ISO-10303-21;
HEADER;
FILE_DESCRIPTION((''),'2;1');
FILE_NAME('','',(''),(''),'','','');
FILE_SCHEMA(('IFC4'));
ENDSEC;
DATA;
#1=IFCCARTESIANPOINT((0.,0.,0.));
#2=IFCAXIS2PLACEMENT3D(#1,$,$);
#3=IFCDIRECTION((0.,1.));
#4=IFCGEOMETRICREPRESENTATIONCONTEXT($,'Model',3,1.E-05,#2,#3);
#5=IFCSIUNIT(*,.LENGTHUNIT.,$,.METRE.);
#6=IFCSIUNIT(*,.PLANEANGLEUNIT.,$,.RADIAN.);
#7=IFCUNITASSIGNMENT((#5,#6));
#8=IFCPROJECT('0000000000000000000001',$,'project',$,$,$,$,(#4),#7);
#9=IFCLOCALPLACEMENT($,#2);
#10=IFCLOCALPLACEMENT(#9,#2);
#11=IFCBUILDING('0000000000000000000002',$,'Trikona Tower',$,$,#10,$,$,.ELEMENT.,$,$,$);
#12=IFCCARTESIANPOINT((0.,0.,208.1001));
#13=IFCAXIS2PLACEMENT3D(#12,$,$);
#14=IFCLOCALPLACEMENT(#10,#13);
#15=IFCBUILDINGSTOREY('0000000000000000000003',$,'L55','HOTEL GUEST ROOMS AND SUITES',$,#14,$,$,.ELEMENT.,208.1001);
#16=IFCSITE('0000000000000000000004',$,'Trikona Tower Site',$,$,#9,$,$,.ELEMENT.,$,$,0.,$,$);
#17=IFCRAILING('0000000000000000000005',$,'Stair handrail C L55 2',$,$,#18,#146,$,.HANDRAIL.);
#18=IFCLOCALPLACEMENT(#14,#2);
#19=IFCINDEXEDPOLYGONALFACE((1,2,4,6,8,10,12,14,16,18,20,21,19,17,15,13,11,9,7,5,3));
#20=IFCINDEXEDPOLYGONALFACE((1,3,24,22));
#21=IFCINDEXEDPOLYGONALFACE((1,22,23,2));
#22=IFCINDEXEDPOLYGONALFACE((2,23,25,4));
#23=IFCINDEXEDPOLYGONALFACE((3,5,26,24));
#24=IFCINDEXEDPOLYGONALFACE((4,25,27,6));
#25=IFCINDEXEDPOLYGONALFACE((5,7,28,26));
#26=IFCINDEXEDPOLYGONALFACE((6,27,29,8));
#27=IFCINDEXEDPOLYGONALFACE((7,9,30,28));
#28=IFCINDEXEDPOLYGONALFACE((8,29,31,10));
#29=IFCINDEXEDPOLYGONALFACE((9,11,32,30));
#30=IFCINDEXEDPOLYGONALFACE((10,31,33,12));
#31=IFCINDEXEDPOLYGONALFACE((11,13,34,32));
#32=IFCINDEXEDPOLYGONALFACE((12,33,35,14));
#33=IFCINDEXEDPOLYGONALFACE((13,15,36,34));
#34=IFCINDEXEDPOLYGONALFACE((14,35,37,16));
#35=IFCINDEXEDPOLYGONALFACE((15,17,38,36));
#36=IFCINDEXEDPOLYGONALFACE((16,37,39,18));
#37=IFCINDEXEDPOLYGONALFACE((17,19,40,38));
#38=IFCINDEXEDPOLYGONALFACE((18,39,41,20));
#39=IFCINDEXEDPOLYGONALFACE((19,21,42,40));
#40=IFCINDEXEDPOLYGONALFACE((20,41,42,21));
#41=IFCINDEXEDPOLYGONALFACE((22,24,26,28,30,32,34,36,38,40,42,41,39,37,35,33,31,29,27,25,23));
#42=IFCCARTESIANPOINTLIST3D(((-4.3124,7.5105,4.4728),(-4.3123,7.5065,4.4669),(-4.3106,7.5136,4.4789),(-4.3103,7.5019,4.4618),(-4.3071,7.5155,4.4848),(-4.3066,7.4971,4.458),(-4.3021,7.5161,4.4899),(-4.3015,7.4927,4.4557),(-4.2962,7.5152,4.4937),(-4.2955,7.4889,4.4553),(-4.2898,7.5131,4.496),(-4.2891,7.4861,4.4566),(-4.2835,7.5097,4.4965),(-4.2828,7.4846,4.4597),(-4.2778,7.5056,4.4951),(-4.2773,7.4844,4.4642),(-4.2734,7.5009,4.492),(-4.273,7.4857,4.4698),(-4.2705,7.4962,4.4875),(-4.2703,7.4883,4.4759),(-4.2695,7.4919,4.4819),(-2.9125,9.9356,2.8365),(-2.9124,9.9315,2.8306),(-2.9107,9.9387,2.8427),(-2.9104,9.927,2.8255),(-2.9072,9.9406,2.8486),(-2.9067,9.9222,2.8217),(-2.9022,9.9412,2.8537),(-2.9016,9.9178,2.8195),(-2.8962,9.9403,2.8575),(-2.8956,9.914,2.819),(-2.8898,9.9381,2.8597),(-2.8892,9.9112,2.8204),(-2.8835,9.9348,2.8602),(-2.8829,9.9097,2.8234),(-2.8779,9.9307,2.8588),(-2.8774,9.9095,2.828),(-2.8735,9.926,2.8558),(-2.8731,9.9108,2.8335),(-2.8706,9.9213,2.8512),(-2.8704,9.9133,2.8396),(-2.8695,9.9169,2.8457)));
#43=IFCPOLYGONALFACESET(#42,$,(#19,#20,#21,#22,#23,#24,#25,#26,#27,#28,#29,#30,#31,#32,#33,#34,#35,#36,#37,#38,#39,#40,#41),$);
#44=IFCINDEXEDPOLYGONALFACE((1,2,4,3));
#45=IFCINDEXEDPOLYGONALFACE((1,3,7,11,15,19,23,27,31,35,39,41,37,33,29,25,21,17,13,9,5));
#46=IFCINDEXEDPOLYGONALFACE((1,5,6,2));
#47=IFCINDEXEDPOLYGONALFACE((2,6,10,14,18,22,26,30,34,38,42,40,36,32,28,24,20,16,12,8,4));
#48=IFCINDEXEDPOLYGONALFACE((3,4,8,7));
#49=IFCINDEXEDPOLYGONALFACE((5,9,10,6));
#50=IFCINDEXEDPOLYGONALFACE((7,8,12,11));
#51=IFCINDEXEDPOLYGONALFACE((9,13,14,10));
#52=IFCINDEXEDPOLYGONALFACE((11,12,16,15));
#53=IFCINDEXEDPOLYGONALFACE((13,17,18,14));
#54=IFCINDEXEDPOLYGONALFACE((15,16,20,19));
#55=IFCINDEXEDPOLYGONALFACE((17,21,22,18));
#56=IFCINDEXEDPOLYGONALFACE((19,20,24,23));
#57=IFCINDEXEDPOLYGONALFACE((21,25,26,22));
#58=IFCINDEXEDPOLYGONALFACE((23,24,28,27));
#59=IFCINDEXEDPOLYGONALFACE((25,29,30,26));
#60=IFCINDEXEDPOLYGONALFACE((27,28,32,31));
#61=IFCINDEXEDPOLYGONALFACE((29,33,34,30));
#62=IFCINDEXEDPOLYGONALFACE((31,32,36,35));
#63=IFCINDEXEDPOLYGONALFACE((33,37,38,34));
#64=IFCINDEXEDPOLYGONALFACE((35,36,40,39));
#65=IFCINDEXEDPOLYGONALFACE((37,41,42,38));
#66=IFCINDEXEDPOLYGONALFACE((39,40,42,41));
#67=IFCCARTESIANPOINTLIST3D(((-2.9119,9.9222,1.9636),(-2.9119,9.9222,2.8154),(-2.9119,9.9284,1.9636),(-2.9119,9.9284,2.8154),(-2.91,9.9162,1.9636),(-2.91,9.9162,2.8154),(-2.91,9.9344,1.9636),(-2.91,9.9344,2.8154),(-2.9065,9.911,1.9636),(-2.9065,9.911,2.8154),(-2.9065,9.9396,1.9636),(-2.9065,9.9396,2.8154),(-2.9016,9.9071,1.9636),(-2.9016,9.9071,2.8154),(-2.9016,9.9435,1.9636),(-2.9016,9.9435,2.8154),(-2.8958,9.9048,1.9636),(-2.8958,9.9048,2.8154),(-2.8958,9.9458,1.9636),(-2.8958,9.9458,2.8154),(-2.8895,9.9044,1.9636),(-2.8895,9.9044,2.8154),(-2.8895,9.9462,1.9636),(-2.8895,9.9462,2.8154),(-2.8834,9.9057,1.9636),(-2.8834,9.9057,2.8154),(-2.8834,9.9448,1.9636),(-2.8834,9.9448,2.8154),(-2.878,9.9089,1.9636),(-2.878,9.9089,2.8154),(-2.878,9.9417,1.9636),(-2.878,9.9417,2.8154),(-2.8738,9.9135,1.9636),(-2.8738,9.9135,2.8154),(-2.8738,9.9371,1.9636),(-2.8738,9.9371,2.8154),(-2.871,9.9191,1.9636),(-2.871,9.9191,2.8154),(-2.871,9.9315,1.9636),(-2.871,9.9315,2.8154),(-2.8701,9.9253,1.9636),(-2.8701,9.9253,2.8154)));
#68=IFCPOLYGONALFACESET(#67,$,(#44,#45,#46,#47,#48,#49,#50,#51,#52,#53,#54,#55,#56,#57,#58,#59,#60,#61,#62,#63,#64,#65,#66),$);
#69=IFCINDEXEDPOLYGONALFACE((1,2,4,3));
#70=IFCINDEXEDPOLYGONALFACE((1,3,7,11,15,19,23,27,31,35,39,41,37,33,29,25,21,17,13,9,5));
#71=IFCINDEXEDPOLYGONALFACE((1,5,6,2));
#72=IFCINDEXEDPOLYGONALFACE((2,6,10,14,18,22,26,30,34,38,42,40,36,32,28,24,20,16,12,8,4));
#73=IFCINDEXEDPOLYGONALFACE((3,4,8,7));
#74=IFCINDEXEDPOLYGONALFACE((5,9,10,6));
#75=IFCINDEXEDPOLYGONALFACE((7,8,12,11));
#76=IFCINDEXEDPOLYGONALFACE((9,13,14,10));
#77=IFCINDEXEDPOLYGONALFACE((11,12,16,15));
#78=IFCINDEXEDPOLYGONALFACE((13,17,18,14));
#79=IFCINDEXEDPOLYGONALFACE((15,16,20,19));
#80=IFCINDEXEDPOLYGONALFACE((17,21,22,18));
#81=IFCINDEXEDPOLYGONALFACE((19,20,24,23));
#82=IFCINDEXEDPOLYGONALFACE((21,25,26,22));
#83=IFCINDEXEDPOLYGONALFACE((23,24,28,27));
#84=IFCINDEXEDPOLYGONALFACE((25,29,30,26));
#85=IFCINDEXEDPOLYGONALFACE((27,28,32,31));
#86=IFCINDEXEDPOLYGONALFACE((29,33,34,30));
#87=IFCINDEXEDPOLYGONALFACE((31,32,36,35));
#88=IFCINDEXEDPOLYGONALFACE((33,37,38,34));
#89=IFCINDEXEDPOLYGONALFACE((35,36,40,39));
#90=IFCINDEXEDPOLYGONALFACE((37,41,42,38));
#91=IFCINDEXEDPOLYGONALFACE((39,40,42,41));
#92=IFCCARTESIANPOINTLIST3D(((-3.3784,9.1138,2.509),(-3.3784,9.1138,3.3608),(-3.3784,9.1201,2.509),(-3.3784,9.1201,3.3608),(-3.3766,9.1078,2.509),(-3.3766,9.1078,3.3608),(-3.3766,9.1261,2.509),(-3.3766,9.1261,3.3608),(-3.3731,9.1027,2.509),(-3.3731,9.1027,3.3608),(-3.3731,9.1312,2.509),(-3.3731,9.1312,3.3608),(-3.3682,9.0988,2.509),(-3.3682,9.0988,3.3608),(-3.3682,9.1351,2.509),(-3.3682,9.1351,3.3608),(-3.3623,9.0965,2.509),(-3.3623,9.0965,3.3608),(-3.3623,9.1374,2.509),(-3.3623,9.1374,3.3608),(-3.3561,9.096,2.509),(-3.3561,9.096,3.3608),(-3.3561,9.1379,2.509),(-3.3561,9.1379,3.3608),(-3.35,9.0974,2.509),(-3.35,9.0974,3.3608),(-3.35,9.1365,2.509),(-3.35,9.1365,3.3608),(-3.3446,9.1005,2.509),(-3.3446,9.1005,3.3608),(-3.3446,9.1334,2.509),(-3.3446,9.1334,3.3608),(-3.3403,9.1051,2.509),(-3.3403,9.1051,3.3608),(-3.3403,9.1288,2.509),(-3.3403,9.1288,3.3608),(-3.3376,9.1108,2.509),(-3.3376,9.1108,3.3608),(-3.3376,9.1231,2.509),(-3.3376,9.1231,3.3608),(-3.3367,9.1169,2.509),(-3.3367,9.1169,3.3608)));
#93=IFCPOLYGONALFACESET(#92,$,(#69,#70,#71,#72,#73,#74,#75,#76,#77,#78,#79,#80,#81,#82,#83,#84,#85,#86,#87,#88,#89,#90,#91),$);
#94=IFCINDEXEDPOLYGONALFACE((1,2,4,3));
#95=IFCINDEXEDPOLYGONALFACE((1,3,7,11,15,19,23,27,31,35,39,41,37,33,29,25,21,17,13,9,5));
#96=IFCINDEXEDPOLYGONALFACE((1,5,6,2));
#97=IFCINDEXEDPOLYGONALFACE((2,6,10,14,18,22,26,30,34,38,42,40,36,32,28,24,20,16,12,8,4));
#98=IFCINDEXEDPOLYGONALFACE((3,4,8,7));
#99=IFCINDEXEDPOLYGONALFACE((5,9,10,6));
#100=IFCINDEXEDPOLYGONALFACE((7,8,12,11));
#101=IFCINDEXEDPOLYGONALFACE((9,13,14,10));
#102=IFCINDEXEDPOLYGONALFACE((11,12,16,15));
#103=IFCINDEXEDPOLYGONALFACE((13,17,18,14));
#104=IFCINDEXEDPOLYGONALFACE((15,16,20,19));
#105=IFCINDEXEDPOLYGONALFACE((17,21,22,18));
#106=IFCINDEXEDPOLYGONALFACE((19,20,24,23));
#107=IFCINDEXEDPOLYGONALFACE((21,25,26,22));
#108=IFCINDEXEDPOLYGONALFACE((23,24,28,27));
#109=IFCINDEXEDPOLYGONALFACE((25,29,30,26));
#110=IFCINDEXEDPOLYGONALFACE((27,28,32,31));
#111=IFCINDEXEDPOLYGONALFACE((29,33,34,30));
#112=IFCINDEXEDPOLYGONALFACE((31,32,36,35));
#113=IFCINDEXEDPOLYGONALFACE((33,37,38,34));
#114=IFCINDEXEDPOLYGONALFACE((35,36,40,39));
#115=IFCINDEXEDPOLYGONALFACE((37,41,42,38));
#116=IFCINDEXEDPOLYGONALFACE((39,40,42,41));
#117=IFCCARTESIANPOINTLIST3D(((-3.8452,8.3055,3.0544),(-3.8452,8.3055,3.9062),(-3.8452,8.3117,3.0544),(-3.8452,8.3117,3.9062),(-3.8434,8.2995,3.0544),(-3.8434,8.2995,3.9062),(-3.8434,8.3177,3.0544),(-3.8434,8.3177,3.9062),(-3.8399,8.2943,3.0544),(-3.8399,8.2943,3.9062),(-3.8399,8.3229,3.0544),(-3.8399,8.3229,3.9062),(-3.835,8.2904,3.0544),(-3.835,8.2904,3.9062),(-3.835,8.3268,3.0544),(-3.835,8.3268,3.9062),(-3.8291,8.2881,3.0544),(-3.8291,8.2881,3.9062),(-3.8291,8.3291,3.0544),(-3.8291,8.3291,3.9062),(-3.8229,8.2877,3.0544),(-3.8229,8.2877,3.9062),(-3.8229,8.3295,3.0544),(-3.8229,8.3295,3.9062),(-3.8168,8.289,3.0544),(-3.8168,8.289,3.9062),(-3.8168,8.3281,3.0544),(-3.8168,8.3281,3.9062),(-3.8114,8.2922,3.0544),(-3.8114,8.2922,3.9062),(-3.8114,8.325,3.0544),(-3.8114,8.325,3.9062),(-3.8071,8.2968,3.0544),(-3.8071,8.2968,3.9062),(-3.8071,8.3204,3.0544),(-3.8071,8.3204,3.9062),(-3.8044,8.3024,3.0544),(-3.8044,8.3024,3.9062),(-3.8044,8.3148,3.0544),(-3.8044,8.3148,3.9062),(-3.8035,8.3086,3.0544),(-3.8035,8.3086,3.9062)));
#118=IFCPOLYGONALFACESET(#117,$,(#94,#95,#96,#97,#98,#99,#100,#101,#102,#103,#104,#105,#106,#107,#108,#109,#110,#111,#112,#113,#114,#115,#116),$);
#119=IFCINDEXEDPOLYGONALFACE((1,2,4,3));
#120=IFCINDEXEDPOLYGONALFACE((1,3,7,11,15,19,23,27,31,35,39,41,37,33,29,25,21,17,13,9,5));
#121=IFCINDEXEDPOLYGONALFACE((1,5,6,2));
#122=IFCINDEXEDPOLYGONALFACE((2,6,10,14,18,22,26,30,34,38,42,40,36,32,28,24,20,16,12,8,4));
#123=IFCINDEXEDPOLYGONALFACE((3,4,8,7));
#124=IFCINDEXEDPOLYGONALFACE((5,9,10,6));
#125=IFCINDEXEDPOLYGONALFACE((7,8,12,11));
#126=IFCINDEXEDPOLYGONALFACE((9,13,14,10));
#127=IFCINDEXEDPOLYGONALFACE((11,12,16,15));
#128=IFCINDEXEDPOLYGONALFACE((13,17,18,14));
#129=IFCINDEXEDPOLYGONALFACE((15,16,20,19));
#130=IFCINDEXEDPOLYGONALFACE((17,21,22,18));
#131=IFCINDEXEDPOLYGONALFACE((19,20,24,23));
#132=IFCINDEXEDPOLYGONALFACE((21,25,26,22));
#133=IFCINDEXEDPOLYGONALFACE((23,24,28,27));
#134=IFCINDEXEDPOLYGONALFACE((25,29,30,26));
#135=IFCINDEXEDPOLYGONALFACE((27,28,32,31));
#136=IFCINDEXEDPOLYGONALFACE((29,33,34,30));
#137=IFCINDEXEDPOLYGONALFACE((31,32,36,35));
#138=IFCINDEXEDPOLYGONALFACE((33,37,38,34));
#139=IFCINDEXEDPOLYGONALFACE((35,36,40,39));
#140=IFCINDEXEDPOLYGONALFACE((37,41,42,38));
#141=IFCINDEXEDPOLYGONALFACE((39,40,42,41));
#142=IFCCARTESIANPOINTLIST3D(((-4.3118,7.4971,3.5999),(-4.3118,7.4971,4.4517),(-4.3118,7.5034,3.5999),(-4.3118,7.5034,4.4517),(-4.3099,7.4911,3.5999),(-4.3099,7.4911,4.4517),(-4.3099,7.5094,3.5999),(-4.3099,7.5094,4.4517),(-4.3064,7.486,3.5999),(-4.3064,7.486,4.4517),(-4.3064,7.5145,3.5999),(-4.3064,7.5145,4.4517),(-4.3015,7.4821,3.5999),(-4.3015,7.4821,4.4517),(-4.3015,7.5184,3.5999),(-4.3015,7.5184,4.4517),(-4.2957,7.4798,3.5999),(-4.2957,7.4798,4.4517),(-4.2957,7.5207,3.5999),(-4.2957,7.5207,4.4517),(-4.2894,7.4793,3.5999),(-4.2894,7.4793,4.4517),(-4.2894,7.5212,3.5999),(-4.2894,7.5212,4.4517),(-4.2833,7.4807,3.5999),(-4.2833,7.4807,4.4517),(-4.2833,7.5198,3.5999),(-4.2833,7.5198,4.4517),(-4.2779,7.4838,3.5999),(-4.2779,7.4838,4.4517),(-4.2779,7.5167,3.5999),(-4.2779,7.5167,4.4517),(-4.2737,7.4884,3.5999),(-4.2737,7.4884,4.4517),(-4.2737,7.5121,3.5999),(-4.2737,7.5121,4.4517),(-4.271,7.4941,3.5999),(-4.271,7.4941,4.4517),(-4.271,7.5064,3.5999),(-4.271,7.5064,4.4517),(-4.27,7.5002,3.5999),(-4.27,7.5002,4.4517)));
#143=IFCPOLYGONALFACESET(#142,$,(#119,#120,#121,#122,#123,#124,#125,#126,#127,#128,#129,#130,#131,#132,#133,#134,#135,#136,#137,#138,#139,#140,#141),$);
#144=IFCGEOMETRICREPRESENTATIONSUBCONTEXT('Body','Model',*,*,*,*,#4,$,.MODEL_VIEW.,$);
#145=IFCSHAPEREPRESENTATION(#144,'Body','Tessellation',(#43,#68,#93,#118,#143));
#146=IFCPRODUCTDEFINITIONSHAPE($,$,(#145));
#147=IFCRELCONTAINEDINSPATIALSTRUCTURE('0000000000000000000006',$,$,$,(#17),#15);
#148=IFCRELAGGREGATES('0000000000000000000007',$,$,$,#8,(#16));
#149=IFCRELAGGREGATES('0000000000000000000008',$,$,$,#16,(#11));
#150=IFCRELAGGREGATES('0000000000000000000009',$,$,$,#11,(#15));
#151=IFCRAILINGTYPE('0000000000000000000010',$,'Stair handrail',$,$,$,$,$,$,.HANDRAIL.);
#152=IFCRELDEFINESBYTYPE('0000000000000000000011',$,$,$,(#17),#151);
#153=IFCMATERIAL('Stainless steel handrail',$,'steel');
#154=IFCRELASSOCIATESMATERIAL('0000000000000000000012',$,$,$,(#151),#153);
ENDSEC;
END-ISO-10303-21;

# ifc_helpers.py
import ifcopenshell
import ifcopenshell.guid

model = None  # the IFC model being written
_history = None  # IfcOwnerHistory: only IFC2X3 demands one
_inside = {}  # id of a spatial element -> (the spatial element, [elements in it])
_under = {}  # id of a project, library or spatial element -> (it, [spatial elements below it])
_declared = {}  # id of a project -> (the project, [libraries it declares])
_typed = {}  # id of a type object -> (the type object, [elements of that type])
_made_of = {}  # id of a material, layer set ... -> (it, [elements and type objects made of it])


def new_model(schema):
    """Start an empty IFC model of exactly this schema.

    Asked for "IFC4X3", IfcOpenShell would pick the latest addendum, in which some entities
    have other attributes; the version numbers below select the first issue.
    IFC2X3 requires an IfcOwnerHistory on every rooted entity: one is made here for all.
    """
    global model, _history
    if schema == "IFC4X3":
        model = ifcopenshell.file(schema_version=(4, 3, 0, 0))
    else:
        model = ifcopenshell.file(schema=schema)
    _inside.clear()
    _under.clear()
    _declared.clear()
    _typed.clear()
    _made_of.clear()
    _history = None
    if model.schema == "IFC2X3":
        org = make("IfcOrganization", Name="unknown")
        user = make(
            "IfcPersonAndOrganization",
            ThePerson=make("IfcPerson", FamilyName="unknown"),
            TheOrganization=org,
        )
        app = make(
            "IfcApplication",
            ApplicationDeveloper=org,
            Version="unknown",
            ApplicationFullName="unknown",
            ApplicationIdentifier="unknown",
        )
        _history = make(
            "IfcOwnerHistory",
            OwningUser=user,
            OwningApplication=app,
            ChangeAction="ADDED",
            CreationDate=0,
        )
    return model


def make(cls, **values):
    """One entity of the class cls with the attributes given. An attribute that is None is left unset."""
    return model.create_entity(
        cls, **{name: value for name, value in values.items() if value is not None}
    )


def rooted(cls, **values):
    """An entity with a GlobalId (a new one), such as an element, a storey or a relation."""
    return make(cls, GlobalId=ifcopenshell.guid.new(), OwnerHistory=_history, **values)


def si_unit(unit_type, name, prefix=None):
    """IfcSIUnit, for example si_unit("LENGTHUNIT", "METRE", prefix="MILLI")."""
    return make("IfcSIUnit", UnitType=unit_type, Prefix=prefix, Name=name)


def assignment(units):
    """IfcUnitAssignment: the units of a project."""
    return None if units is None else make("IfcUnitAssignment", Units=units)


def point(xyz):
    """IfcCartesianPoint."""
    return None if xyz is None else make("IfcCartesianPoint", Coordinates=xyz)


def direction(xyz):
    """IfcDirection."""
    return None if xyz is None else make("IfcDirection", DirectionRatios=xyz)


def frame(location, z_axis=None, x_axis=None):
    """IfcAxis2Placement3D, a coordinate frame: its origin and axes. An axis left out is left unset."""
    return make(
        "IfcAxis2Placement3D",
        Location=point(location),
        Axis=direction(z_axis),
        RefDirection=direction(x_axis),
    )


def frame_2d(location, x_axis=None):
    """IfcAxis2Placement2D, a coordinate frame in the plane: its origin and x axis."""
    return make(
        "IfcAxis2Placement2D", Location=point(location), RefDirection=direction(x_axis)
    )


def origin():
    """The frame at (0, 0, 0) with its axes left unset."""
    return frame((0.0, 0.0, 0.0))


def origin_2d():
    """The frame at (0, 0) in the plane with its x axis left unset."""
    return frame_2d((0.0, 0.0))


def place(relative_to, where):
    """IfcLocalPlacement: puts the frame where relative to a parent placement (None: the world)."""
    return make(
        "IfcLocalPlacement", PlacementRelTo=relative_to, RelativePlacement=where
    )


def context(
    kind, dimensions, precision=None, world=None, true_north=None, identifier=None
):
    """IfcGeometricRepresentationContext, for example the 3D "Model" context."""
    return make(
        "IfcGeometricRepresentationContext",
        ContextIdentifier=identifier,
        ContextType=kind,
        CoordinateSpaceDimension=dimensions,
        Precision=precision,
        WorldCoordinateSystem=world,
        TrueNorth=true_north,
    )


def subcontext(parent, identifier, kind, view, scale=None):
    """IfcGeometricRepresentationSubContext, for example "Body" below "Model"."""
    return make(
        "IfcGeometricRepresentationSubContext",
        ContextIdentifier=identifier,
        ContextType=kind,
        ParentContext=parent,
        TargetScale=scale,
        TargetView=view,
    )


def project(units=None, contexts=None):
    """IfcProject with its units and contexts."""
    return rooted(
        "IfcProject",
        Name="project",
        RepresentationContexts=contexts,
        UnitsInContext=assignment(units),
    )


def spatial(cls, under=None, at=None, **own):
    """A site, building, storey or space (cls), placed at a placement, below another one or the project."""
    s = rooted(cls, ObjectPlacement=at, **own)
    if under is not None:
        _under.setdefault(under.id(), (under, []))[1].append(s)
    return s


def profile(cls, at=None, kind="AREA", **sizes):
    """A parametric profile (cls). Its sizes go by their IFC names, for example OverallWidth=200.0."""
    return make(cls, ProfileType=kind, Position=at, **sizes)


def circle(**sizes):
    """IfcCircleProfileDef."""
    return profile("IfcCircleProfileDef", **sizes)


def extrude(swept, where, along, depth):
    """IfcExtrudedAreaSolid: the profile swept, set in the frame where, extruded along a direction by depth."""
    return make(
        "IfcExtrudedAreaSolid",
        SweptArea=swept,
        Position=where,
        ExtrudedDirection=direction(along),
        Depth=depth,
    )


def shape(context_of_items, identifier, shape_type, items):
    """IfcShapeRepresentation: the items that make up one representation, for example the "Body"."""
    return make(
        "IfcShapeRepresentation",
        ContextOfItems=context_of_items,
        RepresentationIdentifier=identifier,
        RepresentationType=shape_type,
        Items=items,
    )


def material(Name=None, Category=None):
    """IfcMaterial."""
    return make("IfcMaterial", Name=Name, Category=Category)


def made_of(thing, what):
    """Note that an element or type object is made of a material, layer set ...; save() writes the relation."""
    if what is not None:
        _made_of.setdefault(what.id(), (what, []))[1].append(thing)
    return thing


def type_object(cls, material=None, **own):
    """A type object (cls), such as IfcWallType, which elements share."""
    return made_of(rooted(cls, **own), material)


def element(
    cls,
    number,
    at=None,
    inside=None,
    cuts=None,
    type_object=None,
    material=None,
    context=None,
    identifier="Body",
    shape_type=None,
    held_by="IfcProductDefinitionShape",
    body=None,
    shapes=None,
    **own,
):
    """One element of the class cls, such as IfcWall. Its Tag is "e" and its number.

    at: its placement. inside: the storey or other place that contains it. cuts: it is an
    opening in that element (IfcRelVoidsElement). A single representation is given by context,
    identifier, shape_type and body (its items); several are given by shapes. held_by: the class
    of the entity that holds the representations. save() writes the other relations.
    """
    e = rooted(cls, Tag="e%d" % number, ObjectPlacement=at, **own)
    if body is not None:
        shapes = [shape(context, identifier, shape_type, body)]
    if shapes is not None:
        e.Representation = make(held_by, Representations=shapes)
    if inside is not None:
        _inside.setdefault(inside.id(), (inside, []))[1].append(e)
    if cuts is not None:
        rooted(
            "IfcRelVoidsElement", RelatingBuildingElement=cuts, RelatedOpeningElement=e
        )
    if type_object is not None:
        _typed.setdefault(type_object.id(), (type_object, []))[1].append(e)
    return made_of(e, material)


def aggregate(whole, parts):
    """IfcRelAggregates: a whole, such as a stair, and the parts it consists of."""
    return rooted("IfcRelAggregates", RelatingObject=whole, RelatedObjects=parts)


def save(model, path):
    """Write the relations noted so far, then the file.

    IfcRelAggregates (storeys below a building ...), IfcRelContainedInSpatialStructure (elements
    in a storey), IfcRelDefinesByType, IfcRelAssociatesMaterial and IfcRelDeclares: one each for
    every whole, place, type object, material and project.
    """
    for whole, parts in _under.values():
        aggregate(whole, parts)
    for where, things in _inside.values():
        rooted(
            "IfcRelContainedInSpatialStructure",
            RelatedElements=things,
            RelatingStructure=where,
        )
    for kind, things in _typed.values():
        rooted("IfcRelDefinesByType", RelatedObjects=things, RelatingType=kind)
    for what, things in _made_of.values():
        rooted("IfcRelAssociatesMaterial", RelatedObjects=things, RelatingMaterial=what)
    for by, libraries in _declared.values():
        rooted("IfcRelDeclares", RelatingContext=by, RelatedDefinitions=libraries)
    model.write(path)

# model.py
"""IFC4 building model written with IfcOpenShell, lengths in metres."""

from ifc_helpers import new_model, si_unit, direction, frame, origin, origin_2d, place, context, subcontext, project, spatial, circle, extrude, material, type_object, element, save


model = new_model("IFC4")

# Units and contexts
model_context = context("Model", 3, precision=1e-05, world=origin(), true_north=direction((0.0, 1.0)))
body_context = subcontext(model_context, "Body", "Model", "MODEL_VIEW")
ifc_project = project(units=[si_unit("LENGTHUNIT", "METRE"), si_unit("PLANEANGLEUNIT", "RADIAN")], contexts=[model_context])

# Site, building, storey
site_placement = place(None, origin())
site = spatial("IfcSite", under=ifc_project, at=site_placement, Name="Trikona Tower Site", CompositionType="ELEMENT", RefElevation=0.0)
building_placement = place(site_placement, origin())
building = spatial("IfcBuilding", under=site, at=building_placement, Name="Trikona Tower", CompositionType="ELEMENT")
storey_placement = place(building_placement, frame((0.0, 0.0, 208.1001)))
storey = spatial("IfcBuildingStorey", under=building, at=storey_placement, Name="L55", Description="HOTEL GUEST ROOMS AND SUITES", CompositionType="ELEMENT", Elevation=208.1001)

# Railing
ifc_material_1 = material(Name="Stainless steel handrail", Category="steel")
railing_type = type_object("IfcRailingType", Name="Stair handrail", PredefinedType="HANDRAIL", material=ifc_material_1)
railing_1_placement = place(storey_placement, frame((-2.8911, 9.9253, 1.9636)))
element("IfcRailing", 1, at=railing_1_placement, inside=storey, type_object=railing_type, Name="Stair handrail C L55 2", PredefinedType="HANDRAIL", context=body_context, shape_type="SweptSolid", body=[
    extrude(circle(Radius=0.0239, at=origin_2d()), frame((0.0, 0.0, 0.876), z_axis=(-0.431653, -0.747751, 0.504523), x_axis=(0.866056, -0.499946, 0.0)), (0.0, 0.0, 1.0), 3.2432),
    extrude(circle(Radius=0.021, at=origin_2d()), origin(), (0.0, 0.0, 1.0), 0.8518),
    extrude(circle(Radius=0.021, at=origin_2d()), frame((-0.4666, -0.8083, 0.5454)), (0.0, 0.0, 1.0), 0.8518),
    extrude(circle(Radius=0.021, at=origin_2d()), frame((-0.9333, -1.6167, 1.0908)), (0.0, 0.0, 1.0), 0.8518),
    extrude(circle(Radius=0.021, at=origin_2d()), frame((-1.3999, -2.425, 1.6362)), (0.0, 0.0, 1.0), 0.8518),
])

save(model, "model.ifc")
